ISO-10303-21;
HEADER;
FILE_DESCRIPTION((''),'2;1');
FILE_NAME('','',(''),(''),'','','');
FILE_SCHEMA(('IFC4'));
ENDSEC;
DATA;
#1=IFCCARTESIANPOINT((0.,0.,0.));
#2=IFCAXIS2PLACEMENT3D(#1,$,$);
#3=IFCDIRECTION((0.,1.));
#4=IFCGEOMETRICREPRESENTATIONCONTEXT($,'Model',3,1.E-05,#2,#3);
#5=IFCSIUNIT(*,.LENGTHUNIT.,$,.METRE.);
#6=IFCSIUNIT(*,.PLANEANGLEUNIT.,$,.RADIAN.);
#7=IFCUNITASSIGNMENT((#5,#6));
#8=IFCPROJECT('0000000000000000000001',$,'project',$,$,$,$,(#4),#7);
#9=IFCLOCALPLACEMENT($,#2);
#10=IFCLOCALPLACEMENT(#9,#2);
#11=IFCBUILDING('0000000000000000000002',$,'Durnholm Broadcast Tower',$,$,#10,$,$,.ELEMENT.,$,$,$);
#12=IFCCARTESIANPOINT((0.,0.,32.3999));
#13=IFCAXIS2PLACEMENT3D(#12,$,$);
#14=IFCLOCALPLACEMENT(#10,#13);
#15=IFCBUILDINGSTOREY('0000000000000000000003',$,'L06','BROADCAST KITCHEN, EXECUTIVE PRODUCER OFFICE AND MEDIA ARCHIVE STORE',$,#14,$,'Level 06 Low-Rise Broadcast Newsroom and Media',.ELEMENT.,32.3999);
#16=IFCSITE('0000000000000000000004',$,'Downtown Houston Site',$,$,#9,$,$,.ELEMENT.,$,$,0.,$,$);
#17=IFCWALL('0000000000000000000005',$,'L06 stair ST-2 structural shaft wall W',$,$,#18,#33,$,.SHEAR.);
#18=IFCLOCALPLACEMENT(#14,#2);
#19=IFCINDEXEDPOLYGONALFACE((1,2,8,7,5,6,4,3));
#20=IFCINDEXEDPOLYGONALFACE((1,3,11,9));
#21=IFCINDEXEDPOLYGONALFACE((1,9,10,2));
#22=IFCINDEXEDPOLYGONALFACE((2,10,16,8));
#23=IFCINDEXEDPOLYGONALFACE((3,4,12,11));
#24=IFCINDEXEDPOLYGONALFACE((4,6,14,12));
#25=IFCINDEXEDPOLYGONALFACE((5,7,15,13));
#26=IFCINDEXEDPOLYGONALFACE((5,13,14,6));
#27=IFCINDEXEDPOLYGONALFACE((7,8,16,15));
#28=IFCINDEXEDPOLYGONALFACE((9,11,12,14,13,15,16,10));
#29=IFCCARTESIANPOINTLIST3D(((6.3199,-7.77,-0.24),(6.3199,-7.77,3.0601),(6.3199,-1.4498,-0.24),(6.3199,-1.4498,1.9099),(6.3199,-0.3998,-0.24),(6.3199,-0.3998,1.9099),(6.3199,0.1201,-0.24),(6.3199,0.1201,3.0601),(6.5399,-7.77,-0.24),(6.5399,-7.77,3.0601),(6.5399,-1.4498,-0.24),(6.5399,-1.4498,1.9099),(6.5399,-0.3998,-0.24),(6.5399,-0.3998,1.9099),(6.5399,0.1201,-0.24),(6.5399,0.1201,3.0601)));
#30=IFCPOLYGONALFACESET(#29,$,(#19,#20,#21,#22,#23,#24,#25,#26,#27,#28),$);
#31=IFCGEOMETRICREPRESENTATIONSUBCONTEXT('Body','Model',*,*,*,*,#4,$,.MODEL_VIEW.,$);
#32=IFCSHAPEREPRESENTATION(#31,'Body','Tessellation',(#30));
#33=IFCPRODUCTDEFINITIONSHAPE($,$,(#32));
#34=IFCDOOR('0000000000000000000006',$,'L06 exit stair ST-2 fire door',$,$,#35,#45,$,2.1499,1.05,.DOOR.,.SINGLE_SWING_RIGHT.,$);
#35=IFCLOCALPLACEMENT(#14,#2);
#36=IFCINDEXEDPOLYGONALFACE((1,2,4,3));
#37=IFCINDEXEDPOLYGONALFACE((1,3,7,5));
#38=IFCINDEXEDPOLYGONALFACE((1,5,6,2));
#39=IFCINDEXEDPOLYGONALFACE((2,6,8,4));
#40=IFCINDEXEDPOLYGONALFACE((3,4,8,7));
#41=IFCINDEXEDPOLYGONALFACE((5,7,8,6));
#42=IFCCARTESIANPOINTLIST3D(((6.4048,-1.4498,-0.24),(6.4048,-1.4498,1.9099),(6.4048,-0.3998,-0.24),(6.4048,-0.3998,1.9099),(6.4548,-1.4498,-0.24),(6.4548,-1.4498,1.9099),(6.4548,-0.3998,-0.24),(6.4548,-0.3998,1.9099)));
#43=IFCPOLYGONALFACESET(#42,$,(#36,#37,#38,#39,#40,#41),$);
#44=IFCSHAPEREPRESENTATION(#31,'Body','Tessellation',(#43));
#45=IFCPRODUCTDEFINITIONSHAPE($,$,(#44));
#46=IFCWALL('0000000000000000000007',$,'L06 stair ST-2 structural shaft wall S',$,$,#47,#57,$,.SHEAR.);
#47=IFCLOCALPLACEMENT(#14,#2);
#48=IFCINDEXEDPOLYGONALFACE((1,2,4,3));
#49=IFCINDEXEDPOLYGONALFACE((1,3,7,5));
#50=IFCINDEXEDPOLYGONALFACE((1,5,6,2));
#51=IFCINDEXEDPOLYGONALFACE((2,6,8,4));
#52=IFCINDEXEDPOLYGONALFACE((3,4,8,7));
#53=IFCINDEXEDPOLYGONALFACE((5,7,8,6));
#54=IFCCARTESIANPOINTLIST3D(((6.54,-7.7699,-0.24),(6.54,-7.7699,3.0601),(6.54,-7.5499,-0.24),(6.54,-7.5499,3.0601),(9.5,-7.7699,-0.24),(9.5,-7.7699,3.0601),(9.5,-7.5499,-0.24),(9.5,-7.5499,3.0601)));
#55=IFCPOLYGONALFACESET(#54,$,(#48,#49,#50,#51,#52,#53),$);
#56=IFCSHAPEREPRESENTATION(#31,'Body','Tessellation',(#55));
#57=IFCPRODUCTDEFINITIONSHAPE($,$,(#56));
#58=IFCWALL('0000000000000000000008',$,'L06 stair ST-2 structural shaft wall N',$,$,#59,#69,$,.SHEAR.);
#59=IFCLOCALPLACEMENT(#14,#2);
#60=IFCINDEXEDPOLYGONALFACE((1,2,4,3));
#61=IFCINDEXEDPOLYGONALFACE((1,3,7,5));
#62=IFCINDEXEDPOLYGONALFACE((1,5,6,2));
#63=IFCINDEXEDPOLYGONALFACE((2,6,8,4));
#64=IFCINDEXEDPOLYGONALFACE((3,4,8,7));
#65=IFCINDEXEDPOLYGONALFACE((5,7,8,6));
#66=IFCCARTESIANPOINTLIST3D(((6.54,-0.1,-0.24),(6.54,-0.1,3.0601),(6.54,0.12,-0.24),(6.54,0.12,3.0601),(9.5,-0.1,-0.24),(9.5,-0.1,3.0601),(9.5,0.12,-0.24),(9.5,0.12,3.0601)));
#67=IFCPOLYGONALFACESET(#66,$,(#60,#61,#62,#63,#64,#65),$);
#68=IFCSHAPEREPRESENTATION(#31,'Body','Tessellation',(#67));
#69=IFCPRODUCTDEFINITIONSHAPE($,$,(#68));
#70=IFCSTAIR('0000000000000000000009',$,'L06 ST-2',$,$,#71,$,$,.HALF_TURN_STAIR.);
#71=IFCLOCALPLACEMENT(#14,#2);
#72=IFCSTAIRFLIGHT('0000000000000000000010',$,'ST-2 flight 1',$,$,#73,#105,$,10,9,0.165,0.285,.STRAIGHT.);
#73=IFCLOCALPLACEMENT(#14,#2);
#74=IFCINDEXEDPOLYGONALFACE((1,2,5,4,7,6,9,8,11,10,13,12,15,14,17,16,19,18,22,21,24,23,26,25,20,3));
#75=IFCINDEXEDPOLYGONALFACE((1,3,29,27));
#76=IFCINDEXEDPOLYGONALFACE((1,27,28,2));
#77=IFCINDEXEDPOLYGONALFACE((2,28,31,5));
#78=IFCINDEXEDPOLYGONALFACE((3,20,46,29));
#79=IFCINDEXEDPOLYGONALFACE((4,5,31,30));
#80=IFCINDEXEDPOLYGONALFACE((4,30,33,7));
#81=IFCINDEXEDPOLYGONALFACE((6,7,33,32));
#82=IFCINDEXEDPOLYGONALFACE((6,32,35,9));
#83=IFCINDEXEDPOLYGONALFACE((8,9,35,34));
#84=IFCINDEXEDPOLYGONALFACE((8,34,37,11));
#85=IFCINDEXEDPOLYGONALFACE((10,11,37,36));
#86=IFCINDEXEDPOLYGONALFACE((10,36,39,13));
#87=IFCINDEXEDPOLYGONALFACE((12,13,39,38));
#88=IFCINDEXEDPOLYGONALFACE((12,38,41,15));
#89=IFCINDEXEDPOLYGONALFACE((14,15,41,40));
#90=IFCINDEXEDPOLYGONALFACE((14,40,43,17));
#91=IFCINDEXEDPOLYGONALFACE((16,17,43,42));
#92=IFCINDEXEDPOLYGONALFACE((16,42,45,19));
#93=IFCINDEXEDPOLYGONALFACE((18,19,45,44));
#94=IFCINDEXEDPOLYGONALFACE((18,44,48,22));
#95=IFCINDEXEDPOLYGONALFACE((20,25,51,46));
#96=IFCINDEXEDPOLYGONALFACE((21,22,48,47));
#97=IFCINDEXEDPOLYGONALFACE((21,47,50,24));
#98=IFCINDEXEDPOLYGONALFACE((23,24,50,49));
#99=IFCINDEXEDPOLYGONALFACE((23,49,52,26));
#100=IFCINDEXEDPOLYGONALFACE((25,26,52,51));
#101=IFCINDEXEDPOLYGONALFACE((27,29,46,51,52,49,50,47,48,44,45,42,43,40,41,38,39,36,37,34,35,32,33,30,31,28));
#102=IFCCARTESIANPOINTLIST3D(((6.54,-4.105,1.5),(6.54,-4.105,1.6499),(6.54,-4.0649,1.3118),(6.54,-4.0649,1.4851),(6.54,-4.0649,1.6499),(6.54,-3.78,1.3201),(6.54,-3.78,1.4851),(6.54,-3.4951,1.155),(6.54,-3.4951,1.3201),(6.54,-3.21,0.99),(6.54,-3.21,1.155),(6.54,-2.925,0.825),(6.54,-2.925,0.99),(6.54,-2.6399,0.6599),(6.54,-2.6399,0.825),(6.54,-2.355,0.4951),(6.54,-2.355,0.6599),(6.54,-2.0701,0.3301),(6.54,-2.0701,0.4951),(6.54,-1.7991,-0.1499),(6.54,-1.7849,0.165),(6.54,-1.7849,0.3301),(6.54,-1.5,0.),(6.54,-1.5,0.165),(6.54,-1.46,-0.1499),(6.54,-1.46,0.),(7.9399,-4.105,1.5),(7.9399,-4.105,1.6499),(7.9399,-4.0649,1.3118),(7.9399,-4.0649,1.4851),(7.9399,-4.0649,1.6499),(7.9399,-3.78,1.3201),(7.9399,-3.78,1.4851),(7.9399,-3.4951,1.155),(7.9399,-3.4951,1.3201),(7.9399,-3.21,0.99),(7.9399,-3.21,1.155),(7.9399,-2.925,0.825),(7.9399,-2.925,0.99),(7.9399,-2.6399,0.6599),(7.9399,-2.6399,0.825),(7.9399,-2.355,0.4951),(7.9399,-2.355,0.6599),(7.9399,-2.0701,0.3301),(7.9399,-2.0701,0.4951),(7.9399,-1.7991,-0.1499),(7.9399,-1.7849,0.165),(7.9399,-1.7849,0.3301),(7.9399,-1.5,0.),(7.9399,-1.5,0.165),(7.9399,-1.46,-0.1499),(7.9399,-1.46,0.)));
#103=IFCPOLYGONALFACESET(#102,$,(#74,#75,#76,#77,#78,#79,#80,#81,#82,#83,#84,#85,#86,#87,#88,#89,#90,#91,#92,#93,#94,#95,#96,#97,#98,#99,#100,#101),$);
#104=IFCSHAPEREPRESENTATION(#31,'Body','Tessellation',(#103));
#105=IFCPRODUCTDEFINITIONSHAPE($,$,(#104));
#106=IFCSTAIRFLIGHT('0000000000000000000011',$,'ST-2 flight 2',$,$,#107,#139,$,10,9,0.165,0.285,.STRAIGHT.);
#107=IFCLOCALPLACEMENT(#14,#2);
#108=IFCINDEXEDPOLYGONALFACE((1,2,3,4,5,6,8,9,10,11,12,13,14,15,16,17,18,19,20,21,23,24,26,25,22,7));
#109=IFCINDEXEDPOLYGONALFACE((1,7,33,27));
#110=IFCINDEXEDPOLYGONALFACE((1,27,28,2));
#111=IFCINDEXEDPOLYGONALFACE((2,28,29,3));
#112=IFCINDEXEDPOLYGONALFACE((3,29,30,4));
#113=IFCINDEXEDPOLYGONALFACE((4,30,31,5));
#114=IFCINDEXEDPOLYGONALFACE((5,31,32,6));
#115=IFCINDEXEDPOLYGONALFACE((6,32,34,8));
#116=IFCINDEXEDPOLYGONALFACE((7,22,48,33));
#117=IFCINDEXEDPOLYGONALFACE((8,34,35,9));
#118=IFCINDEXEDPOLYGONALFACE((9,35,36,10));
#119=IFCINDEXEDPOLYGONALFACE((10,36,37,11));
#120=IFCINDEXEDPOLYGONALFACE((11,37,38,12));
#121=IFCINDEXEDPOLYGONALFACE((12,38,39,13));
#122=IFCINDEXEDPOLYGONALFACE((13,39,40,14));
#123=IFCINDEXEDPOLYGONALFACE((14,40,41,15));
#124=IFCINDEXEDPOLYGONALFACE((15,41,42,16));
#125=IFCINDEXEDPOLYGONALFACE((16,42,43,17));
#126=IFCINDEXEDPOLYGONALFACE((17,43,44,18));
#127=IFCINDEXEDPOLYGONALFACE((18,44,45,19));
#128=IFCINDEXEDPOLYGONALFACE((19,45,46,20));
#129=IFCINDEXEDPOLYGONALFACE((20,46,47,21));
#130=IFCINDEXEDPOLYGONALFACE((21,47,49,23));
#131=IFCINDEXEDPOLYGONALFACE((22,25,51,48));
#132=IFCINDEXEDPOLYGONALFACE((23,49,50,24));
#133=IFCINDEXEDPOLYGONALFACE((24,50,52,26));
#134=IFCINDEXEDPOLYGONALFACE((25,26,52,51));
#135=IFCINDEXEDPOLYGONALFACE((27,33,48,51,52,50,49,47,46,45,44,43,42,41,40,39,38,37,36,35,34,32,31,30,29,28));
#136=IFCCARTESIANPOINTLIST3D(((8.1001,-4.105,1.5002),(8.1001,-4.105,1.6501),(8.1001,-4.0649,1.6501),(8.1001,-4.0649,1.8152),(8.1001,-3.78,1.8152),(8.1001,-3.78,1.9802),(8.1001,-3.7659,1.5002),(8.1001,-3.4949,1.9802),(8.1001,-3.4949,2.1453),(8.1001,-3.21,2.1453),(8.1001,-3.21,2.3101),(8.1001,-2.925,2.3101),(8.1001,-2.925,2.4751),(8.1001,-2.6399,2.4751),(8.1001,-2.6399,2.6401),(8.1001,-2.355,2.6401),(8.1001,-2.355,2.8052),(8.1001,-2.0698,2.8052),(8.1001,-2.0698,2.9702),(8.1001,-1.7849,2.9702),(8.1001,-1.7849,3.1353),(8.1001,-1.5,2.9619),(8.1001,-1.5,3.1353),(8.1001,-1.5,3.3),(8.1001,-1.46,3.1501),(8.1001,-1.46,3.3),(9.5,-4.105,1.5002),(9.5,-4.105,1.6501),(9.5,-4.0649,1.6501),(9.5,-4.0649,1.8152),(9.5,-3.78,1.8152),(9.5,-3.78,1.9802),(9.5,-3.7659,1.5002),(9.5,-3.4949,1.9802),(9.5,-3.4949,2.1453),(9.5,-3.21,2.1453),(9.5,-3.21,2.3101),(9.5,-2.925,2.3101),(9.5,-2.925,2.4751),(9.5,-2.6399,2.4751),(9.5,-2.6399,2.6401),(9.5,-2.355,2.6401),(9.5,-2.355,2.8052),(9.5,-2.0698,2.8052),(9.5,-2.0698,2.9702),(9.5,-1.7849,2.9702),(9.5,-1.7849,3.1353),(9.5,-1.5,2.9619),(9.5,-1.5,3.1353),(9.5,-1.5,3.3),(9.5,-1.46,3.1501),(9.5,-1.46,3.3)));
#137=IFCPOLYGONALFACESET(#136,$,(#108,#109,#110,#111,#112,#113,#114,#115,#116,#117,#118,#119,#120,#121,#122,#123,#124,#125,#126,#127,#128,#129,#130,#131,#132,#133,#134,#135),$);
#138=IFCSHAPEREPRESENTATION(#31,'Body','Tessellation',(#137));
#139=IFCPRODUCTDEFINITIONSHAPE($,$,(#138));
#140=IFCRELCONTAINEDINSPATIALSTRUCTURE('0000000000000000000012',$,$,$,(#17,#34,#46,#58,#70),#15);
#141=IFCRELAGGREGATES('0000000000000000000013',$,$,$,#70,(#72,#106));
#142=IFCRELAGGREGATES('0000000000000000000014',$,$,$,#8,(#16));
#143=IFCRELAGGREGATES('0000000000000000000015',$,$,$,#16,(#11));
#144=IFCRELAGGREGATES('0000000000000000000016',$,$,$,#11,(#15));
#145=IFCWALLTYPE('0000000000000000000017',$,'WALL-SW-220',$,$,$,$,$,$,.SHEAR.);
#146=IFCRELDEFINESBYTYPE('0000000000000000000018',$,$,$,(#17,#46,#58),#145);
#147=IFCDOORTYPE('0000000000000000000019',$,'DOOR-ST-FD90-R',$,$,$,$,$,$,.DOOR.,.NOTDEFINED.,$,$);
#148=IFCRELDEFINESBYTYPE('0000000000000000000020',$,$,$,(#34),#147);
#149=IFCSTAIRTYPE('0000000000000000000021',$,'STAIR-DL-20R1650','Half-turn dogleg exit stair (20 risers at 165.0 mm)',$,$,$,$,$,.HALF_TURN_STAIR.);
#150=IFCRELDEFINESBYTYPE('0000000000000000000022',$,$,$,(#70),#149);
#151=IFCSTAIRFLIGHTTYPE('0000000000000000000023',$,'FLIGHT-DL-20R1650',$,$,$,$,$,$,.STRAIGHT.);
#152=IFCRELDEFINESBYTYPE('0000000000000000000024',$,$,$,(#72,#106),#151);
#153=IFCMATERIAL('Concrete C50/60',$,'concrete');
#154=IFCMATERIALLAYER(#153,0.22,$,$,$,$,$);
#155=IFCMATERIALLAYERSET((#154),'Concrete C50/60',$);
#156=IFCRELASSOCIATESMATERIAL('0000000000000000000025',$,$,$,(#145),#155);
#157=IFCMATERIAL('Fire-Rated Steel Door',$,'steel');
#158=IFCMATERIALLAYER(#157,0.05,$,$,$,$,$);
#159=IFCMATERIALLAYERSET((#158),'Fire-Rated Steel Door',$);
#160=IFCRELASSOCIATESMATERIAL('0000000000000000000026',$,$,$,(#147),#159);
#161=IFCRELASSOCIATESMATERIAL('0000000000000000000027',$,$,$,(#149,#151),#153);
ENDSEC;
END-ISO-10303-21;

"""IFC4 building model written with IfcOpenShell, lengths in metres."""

from ifc_helpers import new_model, si_unit, direction, frame, frame_2d, origin, place, context, subcontext, project, spatial, polyline, rectangle, outline, extrude, source, transform, mapped, material, layer, layer_set, type_object, type_shapes, element, fill, aggregate, save


model = new_model("IFC4")

# Units and contexts
model_context = context("Model", 3, precision=1e-05, world=origin(), true_north=direction((0.0, 1.0)))
body_context = subcontext(model_context, "Body", "Model", "MODEL_VIEW")
ifc_project = project(units=[si_unit("LENGTHUNIT", "METRE"), si_unit("PLANEANGLEUNIT", "RADIAN")], contexts=[model_context])

# Site, building, storey
site_placement = place(None, origin())
site = spatial("IfcSite", under=ifc_project, at=site_placement, Name="Downtown Houston Site", CompositionType="ELEMENT", RefElevation=0.0)
building_placement = place(site_placement, origin())
building = spatial("IfcBuilding", under=site, at=building_placement, Name="Durnholm Broadcast Tower", CompositionType="ELEMENT")
storey_placement = place(building_placement, frame((0.0, 0.0, 32.3999)))
storey = spatial("IfcBuildingStorey", under=building, at=storey_placement, Name="L06", Description="BROADCAST KITCHEN, EXECUTIVE PRODUCER OFFICE AND MEDIA ARCHIVE STORE", LongName="Level 06 Low-Rise Broadcast Newsroom and Media", CompositionType="ELEMENT", Elevation=32.3999)

# Shared definitions
ifc_material_1 = material(Name="Concrete C50/60", Category="concrete")
ifc_layer_1 = layer(ifc_material_1, 0.22)
ifc_layer_set_1 = layer_set([ifc_layer_1], Name="Concrete C50/60")
wall_type_1 = type_object("IfcWallType", Name="WALL-SW-220", PredefinedType="SHEAR", material=ifc_layer_set_1)

# Wall, opening, door
wall_1_placement = place(storey_placement, frame((6.4299, 0.1201, -0.24), z_axis=(0.0, 0.0, 1.0), x_axis=(0.0, -1.0, 0.0)))
wall_1 = element("IfcWall", 1, at=wall_1_placement, inside=storey, type_object=wall_type_1, Name="L06 stair ST-2 structural shaft wall W", PredefinedType="SHEAR", context=body_context, shape_type="SweptSolid", body=[
    extrude(rectangle(XDim=7.8901, YDim=0.22, at=frame_2d((3.9451, 0.0))), origin(), (0.0, 0.0, 1.0), 3.3),
])
opening_1_placement = place(wall_1_placement, frame((0.52, 0.0, 0.0)))
opening_1 = element("IfcOpeningElement", 2, at=opening_1_placement, cuts=wall_1, PredefinedType="OPENING", context=body_context, shape_type="SweptSolid", body=[
    extrude(rectangle(XDim=1.05, YDim=2.1499, at=frame_2d((0.5249, 1.075))), frame((0.0, 0.1201, 0.0), z_axis=(0.0, -1.0, 0.0), x_axis=(1.0, 0.0, 0.0)), (0.0, 0.0, 1.0), 0.24),
])
ifc_material_2 = material(Name="Fire-Rated Steel Door", Category="steel")
ifc_layer_2 = layer(ifc_material_2, 0.05)
ifc_layer_set_2 = layer_set([ifc_layer_2], Name="Fire-Rated Steel Door")
door_type_1 = type_object("IfcDoorType", Name="DOOR-ST-FD90-R", OperationType="NOTDEFINED", PredefinedType="DOOR", material=ifc_layer_set_2)
shared_shape_1 = source(origin(), body_context, "Body", "SweptSolid", [
    extrude(rectangle(XDim=1.05, YDim=2.1499, at=frame_2d((0.5249, 1.075))), frame((0.0, 0.0249, 0.0), z_axis=(0.0, -1.0, 0.0), x_axis=(1.0, 0.0, 0.0)), (0.0, 0.0, 1.0), 0.05),
])
type_shapes(door_type_1, [shared_shape_1])
door_1_placement = place(opening_1_placement, origin())
door_1 = element("IfcDoor", 3, at=door_1_placement, inside=storey, type_object=door_type_1, Name="L06 exit stair ST-2 fire door", OperationType="SINGLE_SWING_RIGHT", OverallHeight=2.1499, OverallWidth=1.05, PredefinedType="DOOR", context=body_context, shape_type="MappedRepresentation", body=[
    mapped(shared_shape_1, transform((0.0, 0.0, 0.0), x_axis=(1.0, 0.0, 0.0), y_axis=(0.0, 1.0, 0.0), z_axis=(0.0, 0.0, 1.0), scale=1.0)),
])
fill(opening_1, door_1)

# Walls
for number, where, z_axis, x_axis, name in (
    (4, (6.54, -7.6599, -0.24), (0.0, 0.0, 1.0), (1.0, 0.0, 0.0), "L06 stair ST-2 structural shaft wall S"),
    (5, (9.5, 0.01, -0.24), (0.0, 0.0, 1.0), (-1.0, 0.0, 0.0), "L06 stair ST-2 structural shaft wall N"),
):
    element("IfcWall", number, at=place(storey_placement, frame(where, z_axis=z_axis, x_axis=x_axis)), inside=storey, type_object=wall_type_1, Name=name, PredefinedType="SHEAR", context=body_context, shape_type="SweptSolid", body=[
        extrude(rectangle(XDim=2.96, YDim=0.22, at=frame_2d((1.48, 0.0))), origin(), (0.0, 0.0, 1.0), 3.3),
    ])

# Stair, stair flights
stair_type = type_object("IfcStairType", Name="STAIR-DL-20R1650", Description="Half-turn dogleg exit stair (20 risers at 165.0 mm)", PredefinedType="HALF_TURN_STAIR", material=ifc_material_1)
stair_placement = place(storey_placement, origin())
stair = element("IfcStair", 6, at=stair_placement, inside=storey, type_object=stair_type, Name="L06 ST-2", PredefinedType="HALF_TURN_STAIR")
stair_flight_type = type_object("IfcStairFlightType", Name="FLIGHT-DL-20R1650", PredefinedType="STRAIGHT", material=ifc_material_1)
stair_flight_1_placement = place(storey_placement, frame((7.24, -1.5, 0.0), z_axis=(0.0, 0.0, 1.0), x_axis=(0.0, -1.0, 0.0)))
stair_flight_1 = element("IfcStairFlight", 7, at=stair_flight_1_placement, type_object=stair_flight_type, Name="ST-2 flight 1", NumberOfRisers=10, NumberOfTreads=9, PredefinedType="STRAIGHT", RiserHeight=0.165, TreadLength=0.285, context=body_context, shape_type="SweptSolid", body=[
    extrude(outline(polyline([(-0.04, -0.1499), (-0.04, 0.0), (0.0, 0.0), (0.0, 0.165), (0.2849, 0.165), (0.2849, 0.3301), (0.5701, 0.3301), (0.5701, 0.4951), (0.855, 0.4951), (0.855, 0.6599), (1.1399, 0.6599), (1.1399, 0.825), (1.425, 0.825), (1.425, 0.99), (1.71, 0.99), (1.71, 1.155), (1.9951, 1.155), (1.9951, 1.3201), (2.28, 1.3201), (2.28, 1.4851), (2.5649, 1.4851), (2.5649, 1.6499), (2.605, 1.6499), (2.605, 1.5), (2.5649, 1.3118), (0.2991, -0.1499), (-0.04, -0.1499)])), frame((0.0, 0.7, 0.0), z_axis=(0.0, -1.0, 0.0), x_axis=(1.0, 0.0, 0.0)), (0.0, 0.0, 1.0), 1.3999),
])
stair_flight_2_placement = place(storey_placement, frame((8.8, -4.0649, 1.6501), z_axis=(0.0, 0.0, 1.0), x_axis=(0.0, 1.0, 0.0)))
stair_flight_2 = element("IfcStairFlight", 8, at=stair_flight_2_placement, type_object=stair_flight_type, Name="ST-2 flight 2", NumberOfRisers=10, NumberOfTreads=9, PredefinedType="STRAIGHT", RiserHeight=0.165, TreadLength=0.285, context=body_context, shape_type="SweptSolid", body=[
    extrude(outline(polyline([(-0.04, -0.1499), (-0.04, 0.0), (0.0, 0.0), (0.0, 0.165), (0.2849, 0.165), (0.2849, 0.3301), (0.5701, 0.3301), (0.5701, 0.4951), (0.855, 0.4951), (0.855, 0.6599), (1.1399, 0.6599), (1.1399, 0.825), (1.425, 0.825), (1.425, 0.99), (1.71, 0.99), (1.71, 1.155), (1.9951, 1.155), (1.9951, 1.3201), (2.28, 1.3201), (2.28, 1.4851), (2.5649, 1.4851), (2.5649, 1.6499), (2.605, 1.6499), (2.605, 1.5), (2.5649, 1.3118), (0.2991, -0.1499), (-0.04, -0.1499)])), frame((0.0, 0.7, 0.0), z_axis=(0.0, -1.0, 0.0), x_axis=(1.0, 0.0, 0.0)), (0.0, 0.0, 1.0), 1.3999),
])
aggregate(stair, [stair_flight_1, stair_flight_2])

save(model, "model.ifc")
